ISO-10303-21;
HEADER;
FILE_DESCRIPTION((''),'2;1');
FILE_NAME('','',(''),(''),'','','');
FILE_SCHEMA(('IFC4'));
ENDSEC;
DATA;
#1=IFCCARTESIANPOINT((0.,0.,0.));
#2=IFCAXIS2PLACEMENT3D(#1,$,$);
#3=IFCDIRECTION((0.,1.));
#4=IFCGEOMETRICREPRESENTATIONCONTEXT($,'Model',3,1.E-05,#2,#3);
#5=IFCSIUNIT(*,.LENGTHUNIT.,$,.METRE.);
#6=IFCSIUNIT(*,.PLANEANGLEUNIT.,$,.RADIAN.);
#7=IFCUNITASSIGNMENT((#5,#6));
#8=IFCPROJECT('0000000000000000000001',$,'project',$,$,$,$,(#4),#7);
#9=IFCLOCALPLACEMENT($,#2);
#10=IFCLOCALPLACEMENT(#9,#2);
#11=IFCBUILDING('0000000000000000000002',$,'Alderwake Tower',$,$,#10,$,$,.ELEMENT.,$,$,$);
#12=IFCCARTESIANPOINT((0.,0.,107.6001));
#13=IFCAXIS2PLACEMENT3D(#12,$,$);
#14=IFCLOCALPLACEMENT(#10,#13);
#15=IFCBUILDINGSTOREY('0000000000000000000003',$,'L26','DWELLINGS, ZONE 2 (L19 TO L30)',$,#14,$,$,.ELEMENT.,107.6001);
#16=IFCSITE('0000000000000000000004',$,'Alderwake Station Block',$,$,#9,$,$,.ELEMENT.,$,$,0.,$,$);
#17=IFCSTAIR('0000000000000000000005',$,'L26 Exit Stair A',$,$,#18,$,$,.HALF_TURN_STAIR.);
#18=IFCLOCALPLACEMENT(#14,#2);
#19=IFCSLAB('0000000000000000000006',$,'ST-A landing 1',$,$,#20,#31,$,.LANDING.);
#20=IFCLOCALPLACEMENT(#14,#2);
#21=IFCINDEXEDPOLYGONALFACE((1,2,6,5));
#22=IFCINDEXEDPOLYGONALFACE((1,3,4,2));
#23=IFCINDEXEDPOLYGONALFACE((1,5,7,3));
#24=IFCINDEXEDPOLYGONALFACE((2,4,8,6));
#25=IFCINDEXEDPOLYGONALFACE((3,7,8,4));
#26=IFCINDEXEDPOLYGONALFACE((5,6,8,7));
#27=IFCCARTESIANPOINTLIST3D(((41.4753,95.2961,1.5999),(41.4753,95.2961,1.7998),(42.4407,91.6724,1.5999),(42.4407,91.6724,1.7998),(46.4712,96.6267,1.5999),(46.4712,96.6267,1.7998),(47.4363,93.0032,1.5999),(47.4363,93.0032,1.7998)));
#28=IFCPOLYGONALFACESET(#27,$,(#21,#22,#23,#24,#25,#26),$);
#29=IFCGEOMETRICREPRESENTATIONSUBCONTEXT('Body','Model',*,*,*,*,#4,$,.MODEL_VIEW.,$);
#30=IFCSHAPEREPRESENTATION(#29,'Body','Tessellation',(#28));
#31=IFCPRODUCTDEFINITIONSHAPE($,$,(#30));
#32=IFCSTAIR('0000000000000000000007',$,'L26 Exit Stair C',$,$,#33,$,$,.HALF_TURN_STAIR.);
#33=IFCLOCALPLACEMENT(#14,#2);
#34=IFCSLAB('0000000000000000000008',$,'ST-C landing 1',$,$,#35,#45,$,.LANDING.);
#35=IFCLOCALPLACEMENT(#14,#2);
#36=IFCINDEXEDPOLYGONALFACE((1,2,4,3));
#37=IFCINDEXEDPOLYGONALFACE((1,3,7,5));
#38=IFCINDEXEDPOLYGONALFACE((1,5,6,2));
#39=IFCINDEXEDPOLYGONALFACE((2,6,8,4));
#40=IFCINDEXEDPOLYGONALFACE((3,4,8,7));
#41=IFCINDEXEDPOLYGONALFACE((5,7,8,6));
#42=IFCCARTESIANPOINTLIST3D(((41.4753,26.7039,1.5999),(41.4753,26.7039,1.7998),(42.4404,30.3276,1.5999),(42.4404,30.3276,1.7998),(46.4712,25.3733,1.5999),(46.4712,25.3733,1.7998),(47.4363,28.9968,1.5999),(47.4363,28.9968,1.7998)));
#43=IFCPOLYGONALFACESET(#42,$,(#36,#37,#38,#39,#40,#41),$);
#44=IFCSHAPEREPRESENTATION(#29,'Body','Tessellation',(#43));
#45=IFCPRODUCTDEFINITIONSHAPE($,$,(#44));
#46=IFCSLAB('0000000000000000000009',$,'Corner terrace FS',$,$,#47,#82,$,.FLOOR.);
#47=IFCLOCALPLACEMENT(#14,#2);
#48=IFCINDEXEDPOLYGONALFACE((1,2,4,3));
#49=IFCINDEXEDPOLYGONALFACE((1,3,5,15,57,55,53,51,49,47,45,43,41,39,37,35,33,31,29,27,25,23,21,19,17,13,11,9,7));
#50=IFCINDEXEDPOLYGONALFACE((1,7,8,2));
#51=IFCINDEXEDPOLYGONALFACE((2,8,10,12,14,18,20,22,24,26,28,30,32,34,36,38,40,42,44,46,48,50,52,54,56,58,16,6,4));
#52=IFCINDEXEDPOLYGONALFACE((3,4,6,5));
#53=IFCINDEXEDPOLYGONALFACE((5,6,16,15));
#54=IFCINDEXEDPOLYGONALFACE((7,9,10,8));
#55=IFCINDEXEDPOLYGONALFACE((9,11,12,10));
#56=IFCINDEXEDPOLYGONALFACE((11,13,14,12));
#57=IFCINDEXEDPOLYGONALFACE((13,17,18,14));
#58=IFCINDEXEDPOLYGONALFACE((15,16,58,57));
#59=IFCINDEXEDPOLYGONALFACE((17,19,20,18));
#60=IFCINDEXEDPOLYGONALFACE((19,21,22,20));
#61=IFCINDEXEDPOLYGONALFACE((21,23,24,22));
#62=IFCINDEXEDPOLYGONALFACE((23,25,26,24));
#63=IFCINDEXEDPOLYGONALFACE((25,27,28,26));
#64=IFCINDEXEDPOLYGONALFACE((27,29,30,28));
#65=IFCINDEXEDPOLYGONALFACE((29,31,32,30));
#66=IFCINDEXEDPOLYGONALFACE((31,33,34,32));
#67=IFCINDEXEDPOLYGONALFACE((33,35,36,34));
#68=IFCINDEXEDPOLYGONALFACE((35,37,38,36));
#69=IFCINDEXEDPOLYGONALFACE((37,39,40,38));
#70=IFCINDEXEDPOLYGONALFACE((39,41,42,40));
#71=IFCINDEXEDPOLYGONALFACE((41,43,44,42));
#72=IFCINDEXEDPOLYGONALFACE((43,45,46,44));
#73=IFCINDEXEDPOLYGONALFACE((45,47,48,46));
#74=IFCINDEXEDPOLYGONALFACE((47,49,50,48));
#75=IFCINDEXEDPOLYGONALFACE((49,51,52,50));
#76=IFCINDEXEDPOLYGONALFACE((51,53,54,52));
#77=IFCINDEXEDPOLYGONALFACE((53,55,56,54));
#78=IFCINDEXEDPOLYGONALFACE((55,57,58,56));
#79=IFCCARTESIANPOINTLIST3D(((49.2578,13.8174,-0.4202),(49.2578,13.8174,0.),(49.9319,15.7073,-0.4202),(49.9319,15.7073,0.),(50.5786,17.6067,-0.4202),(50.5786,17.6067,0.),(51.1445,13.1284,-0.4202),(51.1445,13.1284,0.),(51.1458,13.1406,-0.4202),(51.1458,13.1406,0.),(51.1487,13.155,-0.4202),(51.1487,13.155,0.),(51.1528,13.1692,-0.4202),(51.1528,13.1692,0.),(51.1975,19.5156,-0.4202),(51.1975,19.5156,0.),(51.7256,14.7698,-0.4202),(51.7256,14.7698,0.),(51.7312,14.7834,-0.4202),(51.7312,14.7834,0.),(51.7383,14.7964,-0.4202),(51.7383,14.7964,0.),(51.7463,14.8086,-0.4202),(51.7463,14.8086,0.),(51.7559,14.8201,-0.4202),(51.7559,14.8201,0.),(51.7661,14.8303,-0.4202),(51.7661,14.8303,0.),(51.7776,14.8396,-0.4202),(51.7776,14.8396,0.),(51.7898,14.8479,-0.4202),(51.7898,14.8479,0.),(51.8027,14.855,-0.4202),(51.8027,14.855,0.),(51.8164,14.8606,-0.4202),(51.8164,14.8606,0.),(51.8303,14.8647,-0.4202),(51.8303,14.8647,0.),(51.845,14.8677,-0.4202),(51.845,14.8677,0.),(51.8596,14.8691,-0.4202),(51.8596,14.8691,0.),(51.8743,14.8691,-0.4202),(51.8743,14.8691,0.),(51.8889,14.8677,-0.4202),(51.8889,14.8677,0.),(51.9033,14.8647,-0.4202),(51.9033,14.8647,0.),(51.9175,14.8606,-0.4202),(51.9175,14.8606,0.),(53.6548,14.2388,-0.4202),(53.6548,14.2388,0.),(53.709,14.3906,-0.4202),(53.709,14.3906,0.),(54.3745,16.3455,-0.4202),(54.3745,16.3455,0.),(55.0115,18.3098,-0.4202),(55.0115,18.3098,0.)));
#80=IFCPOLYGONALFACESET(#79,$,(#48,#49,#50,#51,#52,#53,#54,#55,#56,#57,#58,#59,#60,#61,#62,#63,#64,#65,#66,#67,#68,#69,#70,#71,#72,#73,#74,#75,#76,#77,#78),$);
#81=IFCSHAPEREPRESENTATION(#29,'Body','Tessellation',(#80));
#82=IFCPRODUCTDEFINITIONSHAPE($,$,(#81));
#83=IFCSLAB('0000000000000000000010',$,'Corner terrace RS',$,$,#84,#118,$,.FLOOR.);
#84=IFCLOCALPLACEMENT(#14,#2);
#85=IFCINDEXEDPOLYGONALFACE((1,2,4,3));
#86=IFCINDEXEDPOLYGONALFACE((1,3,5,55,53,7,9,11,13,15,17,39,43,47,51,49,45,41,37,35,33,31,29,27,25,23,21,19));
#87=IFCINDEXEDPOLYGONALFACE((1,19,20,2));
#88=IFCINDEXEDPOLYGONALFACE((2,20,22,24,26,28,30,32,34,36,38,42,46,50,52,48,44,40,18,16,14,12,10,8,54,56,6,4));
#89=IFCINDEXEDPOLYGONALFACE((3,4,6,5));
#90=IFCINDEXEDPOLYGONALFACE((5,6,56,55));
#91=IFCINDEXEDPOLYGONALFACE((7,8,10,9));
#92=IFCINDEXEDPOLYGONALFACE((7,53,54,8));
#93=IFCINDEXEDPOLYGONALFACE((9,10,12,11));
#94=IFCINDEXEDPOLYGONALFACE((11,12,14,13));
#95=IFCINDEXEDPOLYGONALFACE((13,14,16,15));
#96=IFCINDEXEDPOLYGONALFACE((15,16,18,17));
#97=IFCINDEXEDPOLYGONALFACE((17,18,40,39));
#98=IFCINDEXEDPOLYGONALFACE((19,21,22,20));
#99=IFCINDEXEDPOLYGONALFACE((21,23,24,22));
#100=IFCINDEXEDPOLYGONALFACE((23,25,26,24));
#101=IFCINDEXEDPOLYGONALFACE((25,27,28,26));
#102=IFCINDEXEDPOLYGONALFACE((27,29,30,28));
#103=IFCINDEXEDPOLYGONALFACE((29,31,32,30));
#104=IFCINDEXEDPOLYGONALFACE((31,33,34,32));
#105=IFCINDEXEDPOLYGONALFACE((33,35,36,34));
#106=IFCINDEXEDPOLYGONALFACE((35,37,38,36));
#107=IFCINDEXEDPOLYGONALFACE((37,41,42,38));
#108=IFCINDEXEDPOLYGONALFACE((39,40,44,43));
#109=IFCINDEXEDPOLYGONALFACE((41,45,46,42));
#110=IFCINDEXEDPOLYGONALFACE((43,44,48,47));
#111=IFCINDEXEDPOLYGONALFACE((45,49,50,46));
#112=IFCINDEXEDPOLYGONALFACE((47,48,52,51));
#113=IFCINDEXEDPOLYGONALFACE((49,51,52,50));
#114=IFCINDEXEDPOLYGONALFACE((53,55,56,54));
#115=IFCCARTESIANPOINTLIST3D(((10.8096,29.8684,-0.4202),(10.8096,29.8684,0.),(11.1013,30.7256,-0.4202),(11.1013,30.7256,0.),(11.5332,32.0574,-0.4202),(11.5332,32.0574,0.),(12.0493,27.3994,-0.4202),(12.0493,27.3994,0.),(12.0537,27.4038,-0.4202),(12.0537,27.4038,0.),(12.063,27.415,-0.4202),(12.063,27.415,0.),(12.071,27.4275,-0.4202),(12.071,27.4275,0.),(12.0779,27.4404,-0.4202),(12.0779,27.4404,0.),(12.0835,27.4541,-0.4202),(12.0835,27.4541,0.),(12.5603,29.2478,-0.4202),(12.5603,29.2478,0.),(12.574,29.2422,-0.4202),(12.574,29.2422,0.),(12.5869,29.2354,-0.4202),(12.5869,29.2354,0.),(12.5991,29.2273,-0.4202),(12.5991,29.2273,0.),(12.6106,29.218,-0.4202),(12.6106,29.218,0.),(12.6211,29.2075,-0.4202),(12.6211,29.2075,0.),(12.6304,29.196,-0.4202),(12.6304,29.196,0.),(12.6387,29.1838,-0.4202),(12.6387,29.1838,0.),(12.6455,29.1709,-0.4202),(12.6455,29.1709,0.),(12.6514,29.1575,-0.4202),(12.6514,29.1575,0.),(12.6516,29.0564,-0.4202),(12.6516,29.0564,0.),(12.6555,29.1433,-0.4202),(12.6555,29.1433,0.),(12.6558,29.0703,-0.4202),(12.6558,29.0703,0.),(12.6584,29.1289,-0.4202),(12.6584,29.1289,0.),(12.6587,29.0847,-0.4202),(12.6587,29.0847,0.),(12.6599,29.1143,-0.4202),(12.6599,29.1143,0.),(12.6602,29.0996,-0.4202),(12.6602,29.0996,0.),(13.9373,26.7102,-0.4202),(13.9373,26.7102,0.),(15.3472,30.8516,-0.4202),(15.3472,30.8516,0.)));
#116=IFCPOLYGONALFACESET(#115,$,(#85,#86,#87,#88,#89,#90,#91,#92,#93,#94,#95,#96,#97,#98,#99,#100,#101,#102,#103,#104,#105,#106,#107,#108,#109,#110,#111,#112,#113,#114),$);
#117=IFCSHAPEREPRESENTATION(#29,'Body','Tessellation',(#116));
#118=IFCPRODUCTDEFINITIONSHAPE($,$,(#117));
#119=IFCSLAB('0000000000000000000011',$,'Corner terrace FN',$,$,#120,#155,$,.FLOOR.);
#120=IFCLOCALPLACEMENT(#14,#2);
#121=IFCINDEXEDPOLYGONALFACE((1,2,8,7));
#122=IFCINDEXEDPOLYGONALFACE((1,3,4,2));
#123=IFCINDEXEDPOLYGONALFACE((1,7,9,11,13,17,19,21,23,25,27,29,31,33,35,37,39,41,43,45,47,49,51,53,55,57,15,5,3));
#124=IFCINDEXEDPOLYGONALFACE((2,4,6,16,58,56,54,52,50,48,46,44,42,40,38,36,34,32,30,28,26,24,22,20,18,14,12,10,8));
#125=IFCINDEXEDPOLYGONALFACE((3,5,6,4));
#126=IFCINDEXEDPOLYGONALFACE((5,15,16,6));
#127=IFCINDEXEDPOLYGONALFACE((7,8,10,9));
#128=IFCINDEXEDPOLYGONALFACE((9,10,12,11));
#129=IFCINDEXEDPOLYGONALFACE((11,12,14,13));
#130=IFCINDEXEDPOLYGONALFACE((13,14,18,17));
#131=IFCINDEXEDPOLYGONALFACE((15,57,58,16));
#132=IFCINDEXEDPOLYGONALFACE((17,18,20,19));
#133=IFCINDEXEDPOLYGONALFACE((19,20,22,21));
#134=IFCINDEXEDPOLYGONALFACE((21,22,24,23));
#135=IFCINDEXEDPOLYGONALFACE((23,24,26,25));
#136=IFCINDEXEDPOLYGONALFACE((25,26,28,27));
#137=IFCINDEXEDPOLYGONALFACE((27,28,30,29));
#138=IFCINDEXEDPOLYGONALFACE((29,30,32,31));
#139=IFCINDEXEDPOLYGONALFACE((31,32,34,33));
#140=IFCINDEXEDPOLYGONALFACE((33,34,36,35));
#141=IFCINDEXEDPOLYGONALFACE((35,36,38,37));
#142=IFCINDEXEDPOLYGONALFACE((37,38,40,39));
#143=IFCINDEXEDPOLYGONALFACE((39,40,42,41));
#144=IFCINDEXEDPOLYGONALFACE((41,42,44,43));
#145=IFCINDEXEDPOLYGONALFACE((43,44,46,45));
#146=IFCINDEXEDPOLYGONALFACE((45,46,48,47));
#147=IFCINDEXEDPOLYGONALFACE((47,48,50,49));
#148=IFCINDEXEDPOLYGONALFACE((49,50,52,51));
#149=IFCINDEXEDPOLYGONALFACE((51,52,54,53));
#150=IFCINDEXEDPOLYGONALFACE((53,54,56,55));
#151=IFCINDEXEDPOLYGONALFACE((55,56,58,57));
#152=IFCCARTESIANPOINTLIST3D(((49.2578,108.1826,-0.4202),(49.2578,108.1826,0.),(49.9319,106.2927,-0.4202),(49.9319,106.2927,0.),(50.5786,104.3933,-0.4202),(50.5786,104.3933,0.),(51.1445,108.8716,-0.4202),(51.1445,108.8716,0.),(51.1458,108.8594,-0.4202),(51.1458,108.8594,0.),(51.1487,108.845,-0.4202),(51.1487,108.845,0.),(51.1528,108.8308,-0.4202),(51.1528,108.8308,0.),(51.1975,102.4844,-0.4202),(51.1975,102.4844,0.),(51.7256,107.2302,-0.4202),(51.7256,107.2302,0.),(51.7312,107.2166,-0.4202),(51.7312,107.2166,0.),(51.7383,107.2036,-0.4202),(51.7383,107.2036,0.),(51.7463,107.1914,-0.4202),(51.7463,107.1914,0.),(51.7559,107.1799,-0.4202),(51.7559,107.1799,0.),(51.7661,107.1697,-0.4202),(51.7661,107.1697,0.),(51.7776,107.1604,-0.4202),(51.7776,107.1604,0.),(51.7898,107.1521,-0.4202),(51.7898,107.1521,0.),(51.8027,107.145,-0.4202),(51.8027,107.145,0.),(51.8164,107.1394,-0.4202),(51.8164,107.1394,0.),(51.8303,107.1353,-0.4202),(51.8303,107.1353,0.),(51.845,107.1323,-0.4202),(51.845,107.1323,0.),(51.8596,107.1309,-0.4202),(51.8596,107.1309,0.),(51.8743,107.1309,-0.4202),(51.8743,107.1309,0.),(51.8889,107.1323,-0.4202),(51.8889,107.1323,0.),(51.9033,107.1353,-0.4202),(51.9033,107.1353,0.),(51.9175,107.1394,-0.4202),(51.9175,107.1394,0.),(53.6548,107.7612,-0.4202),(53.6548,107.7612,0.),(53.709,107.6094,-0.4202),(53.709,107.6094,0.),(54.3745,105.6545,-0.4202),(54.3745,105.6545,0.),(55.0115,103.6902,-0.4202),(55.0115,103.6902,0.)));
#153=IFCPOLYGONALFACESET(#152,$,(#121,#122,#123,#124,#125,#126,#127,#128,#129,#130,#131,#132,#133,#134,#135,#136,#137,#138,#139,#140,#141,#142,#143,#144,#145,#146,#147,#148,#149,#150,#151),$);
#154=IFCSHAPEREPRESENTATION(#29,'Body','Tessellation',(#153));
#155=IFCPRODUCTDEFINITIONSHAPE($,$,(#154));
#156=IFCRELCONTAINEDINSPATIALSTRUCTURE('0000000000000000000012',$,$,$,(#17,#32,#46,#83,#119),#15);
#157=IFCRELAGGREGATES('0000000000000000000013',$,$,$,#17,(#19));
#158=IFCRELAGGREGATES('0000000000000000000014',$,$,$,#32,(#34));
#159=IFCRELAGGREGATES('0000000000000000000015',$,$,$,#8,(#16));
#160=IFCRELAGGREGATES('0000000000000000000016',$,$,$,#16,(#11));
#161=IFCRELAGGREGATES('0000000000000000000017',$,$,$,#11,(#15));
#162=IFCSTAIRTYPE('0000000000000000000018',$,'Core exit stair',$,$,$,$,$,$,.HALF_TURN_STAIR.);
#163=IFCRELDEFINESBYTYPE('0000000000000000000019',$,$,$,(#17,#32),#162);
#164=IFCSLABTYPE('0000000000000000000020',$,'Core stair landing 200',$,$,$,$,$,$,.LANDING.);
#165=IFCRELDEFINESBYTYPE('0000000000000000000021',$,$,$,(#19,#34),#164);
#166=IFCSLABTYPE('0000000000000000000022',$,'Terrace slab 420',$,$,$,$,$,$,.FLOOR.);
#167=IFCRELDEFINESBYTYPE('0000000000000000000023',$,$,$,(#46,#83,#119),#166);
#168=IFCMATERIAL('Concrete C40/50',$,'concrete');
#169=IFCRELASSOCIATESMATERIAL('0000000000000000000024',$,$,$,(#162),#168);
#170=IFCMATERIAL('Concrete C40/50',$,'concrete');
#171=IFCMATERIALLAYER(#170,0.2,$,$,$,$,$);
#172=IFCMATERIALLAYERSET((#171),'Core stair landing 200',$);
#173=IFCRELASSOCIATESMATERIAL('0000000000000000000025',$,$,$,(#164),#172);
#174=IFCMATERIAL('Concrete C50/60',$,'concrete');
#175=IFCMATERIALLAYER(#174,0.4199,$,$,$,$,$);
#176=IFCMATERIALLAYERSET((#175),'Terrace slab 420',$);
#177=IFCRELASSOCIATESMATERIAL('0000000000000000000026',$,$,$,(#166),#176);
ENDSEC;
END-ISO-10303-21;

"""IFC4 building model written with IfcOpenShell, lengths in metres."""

from ifc_helpers import new_model, si_unit, direction, frame, origin, place, context, subcontext, project, spatial, polyline, outline, extrude, material, layer, layer_set, type_object, element, aggregate, save


model = new_model("IFC4")

# Units and contexts
model_context = context("Model", 3, precision=1e-05, world=origin(), true_north=direction((0.0, 1.0)))
body_context = subcontext(model_context, "Body", "Model", "MODEL_VIEW")
ifc_project = project(units=[si_unit("LENGTHUNIT", "METRE"), si_unit("PLANEANGLEUNIT", "RADIAN")], contexts=[model_context])

# Site, building, storey
site_placement = place(None, origin())
site = spatial("IfcSite", under=ifc_project, at=site_placement, Name="Alderwake Station Block", CompositionType="ELEMENT", RefElevation=0.0)
building_placement = place(site_placement, origin())
building = spatial("IfcBuilding", under=site, at=building_placement, Name="Alderwake Tower", CompositionType="ELEMENT")
storey_placement = place(building_placement, frame((0.0, 0.0, 107.6001)))
storey = spatial("IfcBuildingStorey", under=building, at=storey_placement, Name="L26", Description="DWELLINGS, ZONE 2 (L19 TO L30)", CompositionType="ELEMENT", Elevation=107.6001)

# Stairs, slabs
ifc_material_1 = material(Name="Concrete C40/50", Category="concrete")
stair_type = type_object("IfcStairType", Name="Core exit stair", PredefinedType="HALF_TURN_STAIR", material=ifc_material_1)
ifc_material_2 = material(Name="Concrete C40/50", Category="concrete")
ifc_layer_1 = layer(ifc_material_2, 0.2)
ifc_layer_set_1 = layer_set([ifc_layer_1], Name="Core stair landing 200")
slab_type_1 = type_object("IfcSlabType", Name="Core stair landing 200", PredefinedType="LANDING", material=ifc_layer_set_1)
stair_1_placement = place(storey_placement, origin())
stair_1 = element("IfcStair", 1, at=stair_1_placement, inside=storey, type_object=stair_type, Name="L26 Exit Stair A", PredefinedType="HALF_TURN_STAIR")
slab_1_placement = place(storey_placement, frame((0.0, 0.0, 1.5999)))
slab_1 = element("IfcSlab", 2, at=slab_1_placement, type_object=slab_type_1, Name="ST-A landing 1", PredefinedType="LANDING", context=body_context, shape_type="SweptSolid", body=[
    extrude(outline(polyline([(42.4407, 91.6724), (47.4363, 93.0032), (46.4712, 96.6267), (41.4753, 95.2961), (42.4407, 91.6724)])), origin(), (0.0, 0.0, 1.0), 0.2),
])
aggregate(stair_1, [slab_1])
stair_2_placement = place(storey_placement, origin())
stair_2 = element("IfcStair", 3, at=stair_2_placement, inside=storey, type_object=stair_type, Name="L26 Exit Stair C", PredefinedType="HALF_TURN_STAIR")
slab_2_placement = place(storey_placement, frame((0.0, 0.0, 1.5999)))
slab_2 = element("IfcSlab", 4, at=slab_2_placement, type_object=slab_type_1, Name="ST-C landing 1", PredefinedType="LANDING", context=body_context, shape_type="SweptSolid", body=[
    extrude(outline(polyline([(41.4753, 26.7039), (46.4712, 25.3733), (47.4363, 28.9968), (42.4404, 30.3276), (41.4753, 26.7039)])), origin(), (0.0, 0.0, 1.0), 0.2),
])
aggregate(stair_2, [slab_2])

# Slabs
ifc_material_3 = material(Name="Concrete C50/60", Category="concrete")
ifc_layer_2 = layer(ifc_material_3, 0.4199)
ifc_layer_set_2 = layer_set([ifc_layer_2], Name="Terrace slab 420")
slab_type_2 = type_object("IfcSlabType", Name="Terrace slab 420", PredefinedType="FLOOR", material=ifc_layer_set_2)
slab_3_placement = place(storey_placement, frame((0.0, 0.0, -0.4202)))
element("IfcSlab", 5, at=slab_3_placement, inside=storey, type_object=slab_type_2, Name="Corner terrace FS", PredefinedType="FLOOR", context=body_context, shape_type="SweptSolid", body=[
    extrude(outline(polyline([(53.709, 14.3906), (53.6548, 14.2388), (51.9175, 14.8606), (51.9033, 14.8647), (51.8889, 14.8677), (51.8743, 14.8691), (51.8596, 14.8691), (51.845, 14.8677), (51.8303, 14.8647), (51.8164, 14.8606), (51.8027, 14.855), (51.7898, 14.8479), (51.7776, 14.8396), (51.7661, 14.8303), (51.7559, 14.8201), (51.7463, 14.8086), (51.7383, 14.7964), (51.7312, 14.7834), (51.7256, 14.7698), (51.1528, 13.1692), (51.1487, 13.155), (51.1458, 13.1406), (51.1445, 13.1284), (49.2578, 13.8174), (49.9319, 15.7073), (50.5786, 17.6067), (51.1975, 19.5156), (55.0115, 18.3098), (54.3745, 16.3455), (53.709, 14.3906)])), origin(), (0.0, 0.0, 1.0), 0.4202),
])
slab_4_placement = place(storey_placement, frame((0.0, 0.0, -0.4202)))
element("IfcSlab", 6, at=slab_4_placement, inside=storey, type_object=slab_type_2, Name="Corner terrace RS", PredefinedType="FLOOR", context=body_context, shape_type="SweptSolid", body=[
    extrude(outline(polyline([(13.9373, 26.7102), (12.0493, 27.3994), (12.0537, 27.4038), (12.063, 27.415), (12.071, 27.4275), (12.0779, 27.4404), (12.0835, 27.4541), (12.6516, 29.0564), (12.6558, 29.0703), (12.6587, 29.0847), (12.6602, 29.0996), (12.6599, 29.1143), (12.6584, 29.1289), (12.6555, 29.1433), (12.6514, 29.1575), (12.6455, 29.1709), (12.6387, 29.1838), (12.6304, 29.196), (12.6211, 29.2075), (12.6106, 29.218), (12.5991, 29.2273), (12.5869, 29.2354), (12.574, 29.2422), (12.5603, 29.2478), (10.8096, 29.8684), (11.1013, 30.7256), (11.5332, 32.0574), (15.3472, 30.8516), (13.9373, 26.7102)])), origin(), (0.0, 0.0, 1.0), 0.4202),
])
slab_5_placement = place(storey_placement, frame((0.0, 0.0, -0.4202)))
element("IfcSlab", 7, at=slab_5_placement, inside=storey, type_object=slab_type_2, Name="Corner terrace FN", PredefinedType="FLOOR", context=body_context, shape_type="SweptSolid", body=[
    extrude(outline(polyline([(53.709, 107.6094), (54.3745, 105.6545), (55.0115, 103.6902), (51.1975, 102.4844), (50.5786, 104.3933), (49.9319, 106.2927), (49.2578, 108.1826), (51.1445, 108.8716), (51.1458, 108.8594), (51.1487, 108.845), (51.1528, 108.8308), (51.7256, 107.2302), (51.7312, 107.2166), (51.7383, 107.2036), (51.7463, 107.1914), (51.7559, 107.1799), (51.7661, 107.1697), (51.7776, 107.1604), (51.7898, 107.1521), (51.8027, 107.145), (51.8164, 107.1394), (51.8303, 107.1353), (51.845, 107.1323), (51.8596, 107.1309), (51.8743, 107.1309), (51.8889, 107.1323), (51.9033, 107.1353), (51.9175, 107.1394), (53.6548, 107.7612), (53.709, 107.6094)])), origin(), (0.0, 0.0, 1.0), 0.4202),
])

save(model, "model.ifc")
